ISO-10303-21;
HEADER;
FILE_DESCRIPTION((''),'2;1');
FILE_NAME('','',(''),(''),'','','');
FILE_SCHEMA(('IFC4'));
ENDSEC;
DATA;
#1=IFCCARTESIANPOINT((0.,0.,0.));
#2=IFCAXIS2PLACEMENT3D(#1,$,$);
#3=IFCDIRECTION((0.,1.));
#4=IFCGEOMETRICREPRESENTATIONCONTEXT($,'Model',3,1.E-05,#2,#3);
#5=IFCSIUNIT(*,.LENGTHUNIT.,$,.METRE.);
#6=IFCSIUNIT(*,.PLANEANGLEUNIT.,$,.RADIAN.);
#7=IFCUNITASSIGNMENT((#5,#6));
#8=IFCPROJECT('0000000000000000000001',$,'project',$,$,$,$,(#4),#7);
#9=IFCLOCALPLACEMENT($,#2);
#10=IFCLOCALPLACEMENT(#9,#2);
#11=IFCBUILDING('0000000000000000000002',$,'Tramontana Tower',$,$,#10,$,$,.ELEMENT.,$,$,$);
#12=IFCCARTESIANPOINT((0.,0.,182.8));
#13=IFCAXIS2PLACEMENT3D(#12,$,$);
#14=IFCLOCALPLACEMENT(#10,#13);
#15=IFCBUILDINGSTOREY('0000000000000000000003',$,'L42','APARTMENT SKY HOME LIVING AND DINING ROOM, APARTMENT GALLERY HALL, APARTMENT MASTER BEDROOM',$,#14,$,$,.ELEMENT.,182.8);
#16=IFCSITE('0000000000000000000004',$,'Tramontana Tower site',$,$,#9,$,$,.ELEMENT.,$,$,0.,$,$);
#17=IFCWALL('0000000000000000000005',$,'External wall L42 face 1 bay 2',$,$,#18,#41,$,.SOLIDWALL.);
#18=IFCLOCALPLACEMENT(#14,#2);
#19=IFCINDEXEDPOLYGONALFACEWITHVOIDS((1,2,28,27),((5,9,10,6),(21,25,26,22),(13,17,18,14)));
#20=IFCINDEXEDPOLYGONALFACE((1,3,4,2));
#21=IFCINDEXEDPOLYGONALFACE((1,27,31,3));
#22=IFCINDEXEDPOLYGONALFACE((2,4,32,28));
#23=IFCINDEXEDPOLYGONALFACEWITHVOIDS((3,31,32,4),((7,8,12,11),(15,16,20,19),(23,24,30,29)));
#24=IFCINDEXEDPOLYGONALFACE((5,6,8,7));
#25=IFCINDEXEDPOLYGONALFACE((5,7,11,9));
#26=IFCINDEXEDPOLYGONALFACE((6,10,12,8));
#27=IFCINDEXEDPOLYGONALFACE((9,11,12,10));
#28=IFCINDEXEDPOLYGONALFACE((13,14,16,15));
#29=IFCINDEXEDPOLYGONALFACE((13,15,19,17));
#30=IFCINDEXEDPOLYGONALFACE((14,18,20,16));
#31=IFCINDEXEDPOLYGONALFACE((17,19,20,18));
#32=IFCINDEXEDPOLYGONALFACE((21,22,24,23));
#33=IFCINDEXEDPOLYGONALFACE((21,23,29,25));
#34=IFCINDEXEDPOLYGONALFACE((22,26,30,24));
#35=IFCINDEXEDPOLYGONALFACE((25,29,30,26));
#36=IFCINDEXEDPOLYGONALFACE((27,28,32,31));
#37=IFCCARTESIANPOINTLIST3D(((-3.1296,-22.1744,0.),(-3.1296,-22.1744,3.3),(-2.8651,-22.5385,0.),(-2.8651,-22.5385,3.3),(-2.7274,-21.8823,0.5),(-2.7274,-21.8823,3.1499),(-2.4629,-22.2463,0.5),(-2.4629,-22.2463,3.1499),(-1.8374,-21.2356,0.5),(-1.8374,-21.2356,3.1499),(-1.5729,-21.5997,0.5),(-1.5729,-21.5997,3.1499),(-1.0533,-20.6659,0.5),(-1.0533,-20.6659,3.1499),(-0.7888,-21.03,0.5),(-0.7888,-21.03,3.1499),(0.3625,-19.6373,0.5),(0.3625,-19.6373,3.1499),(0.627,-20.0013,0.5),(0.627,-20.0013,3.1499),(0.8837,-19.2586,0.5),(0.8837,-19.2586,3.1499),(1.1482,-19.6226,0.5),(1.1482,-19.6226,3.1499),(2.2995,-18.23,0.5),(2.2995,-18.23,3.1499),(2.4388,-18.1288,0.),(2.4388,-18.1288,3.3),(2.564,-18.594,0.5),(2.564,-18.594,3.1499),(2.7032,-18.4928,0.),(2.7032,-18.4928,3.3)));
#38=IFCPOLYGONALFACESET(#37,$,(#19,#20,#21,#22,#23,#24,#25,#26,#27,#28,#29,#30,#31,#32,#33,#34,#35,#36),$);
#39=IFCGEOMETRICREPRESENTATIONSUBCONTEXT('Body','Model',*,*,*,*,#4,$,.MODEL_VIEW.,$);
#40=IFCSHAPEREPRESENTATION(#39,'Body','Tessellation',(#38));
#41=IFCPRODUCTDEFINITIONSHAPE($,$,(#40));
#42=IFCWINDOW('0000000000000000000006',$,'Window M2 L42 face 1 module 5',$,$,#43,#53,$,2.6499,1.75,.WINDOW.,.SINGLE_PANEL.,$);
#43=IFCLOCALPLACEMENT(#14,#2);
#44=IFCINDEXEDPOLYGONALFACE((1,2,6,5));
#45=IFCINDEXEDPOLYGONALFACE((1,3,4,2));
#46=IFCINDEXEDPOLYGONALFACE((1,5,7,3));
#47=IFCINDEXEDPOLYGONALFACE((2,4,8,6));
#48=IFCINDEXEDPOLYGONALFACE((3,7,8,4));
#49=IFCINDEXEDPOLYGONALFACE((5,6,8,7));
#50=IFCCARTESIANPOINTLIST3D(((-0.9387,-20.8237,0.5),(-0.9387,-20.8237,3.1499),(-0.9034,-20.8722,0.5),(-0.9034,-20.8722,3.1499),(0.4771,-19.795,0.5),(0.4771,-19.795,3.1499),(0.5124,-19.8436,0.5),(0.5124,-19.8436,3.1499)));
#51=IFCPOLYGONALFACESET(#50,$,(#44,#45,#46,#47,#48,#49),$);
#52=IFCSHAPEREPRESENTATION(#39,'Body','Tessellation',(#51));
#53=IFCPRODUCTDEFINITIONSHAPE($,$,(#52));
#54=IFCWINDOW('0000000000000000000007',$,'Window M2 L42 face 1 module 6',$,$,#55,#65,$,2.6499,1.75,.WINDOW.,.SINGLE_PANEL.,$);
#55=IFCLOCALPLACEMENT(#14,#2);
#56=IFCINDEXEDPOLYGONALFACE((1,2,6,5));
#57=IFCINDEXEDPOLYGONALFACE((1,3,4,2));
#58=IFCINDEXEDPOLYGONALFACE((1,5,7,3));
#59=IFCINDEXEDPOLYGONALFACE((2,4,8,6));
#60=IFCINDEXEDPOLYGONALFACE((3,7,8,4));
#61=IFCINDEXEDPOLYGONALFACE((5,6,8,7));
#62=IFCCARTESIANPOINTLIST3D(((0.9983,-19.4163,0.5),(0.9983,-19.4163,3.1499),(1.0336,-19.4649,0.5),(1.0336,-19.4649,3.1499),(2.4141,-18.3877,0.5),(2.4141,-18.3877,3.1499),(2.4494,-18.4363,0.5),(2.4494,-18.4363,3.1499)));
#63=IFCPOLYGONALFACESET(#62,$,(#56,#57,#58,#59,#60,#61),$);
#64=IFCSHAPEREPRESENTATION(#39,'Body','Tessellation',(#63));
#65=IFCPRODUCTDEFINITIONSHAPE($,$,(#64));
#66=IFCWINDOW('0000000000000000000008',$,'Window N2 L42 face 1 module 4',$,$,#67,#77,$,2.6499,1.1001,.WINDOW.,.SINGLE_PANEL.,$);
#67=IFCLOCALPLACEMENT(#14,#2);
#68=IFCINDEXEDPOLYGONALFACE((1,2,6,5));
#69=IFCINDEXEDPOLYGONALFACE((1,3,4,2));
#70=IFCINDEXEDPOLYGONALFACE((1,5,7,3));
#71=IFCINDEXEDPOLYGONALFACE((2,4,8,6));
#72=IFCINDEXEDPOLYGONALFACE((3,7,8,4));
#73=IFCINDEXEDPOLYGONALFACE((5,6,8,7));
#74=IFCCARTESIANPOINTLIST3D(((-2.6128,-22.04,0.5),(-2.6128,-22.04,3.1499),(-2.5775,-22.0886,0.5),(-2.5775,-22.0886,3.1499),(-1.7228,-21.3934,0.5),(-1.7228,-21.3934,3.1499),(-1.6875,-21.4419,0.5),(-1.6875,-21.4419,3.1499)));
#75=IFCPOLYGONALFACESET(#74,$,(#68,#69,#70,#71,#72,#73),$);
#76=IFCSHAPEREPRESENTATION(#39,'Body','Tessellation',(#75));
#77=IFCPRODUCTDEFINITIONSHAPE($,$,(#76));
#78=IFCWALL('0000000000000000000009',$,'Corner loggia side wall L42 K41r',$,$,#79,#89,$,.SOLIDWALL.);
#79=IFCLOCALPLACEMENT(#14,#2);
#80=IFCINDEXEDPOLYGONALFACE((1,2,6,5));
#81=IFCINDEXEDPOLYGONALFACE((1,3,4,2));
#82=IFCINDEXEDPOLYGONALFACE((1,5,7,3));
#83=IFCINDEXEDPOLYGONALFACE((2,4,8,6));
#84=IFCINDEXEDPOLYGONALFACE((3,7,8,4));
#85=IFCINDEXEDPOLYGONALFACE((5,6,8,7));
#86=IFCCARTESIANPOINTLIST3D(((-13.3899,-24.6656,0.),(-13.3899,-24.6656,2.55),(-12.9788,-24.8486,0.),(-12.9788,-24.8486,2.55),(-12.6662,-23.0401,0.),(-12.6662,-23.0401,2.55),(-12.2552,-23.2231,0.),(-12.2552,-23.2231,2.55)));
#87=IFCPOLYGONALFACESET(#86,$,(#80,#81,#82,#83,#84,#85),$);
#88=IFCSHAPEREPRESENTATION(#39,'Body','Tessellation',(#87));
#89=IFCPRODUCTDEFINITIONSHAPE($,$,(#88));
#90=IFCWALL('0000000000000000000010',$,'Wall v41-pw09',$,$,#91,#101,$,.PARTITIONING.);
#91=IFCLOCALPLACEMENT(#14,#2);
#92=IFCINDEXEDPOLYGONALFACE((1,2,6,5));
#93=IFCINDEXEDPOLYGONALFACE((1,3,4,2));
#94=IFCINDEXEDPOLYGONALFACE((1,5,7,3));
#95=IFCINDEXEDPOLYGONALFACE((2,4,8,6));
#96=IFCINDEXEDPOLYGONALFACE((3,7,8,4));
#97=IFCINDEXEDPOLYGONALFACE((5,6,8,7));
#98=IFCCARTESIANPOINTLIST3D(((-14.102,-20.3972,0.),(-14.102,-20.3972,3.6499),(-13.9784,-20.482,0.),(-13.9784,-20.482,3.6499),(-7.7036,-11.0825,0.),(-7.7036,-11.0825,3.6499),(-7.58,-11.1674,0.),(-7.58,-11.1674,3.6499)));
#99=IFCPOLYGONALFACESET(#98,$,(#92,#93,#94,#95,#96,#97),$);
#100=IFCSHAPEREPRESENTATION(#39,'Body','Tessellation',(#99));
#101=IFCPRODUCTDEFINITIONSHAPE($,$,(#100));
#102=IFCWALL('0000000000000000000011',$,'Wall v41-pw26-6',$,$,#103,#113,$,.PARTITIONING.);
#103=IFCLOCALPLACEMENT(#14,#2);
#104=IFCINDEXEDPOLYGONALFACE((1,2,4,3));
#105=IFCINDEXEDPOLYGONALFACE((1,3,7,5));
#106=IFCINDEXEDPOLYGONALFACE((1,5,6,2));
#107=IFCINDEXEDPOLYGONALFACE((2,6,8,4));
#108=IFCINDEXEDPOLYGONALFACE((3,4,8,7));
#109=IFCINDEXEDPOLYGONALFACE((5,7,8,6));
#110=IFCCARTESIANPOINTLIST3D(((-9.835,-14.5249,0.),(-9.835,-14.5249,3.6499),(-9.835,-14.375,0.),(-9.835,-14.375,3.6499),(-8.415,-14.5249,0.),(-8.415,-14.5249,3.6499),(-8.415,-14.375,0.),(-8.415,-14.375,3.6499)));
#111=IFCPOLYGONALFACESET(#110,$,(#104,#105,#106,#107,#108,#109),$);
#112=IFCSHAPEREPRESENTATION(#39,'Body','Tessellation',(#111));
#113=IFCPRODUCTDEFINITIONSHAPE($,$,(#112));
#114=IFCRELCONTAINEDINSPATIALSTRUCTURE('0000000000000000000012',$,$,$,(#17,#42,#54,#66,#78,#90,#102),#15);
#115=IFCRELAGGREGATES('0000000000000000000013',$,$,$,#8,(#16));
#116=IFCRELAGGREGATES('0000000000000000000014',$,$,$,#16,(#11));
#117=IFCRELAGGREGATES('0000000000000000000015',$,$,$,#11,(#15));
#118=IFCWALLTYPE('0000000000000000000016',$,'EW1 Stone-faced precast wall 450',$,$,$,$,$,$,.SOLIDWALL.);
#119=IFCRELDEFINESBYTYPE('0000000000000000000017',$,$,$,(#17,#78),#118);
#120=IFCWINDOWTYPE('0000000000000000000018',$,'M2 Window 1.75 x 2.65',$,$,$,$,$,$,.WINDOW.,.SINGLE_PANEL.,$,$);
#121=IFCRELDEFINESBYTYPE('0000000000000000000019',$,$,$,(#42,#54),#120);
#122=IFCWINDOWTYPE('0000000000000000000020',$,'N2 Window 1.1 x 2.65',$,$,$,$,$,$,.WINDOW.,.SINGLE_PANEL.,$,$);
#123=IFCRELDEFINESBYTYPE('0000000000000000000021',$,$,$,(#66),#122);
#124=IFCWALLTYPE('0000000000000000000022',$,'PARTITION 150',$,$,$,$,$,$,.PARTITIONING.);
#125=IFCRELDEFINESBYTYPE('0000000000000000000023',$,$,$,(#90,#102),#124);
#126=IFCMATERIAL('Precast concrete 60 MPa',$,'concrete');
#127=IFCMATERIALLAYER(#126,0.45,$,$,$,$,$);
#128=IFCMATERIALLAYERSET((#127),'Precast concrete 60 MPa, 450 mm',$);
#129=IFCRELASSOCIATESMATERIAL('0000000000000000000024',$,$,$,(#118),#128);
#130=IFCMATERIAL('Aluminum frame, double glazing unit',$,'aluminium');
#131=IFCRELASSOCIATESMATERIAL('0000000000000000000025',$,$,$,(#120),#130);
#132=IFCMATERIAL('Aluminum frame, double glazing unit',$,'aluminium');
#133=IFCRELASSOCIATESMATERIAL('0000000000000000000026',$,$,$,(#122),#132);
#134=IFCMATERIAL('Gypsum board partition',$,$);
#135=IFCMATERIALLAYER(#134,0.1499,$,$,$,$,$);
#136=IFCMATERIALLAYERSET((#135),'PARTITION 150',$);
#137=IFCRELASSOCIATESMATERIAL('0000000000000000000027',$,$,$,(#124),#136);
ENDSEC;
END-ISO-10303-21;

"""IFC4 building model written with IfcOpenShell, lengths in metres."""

from ifc_helpers import new_model, si_unit, direction, frame, frame_2d, origin, place, context, subcontext, project, spatial, rectangle, extrude, material, layer, layer_set, type_object, element, fill, save


model = new_model("IFC4")

# Units and contexts
model_context = context("Model", 3, precision=1e-05, world=origin(), true_north=direction((0.0, 1.0)))
body_context = subcontext(model_context, "Body", "Model", "MODEL_VIEW")
ifc_project = project(units=[si_unit("LENGTHUNIT", "METRE"), si_unit("PLANEANGLEUNIT", "RADIAN")], contexts=[model_context])

# Site, building, storey
site_placement = place(None, origin())
site = spatial("IfcSite", under=ifc_project, at=site_placement, Name="Tramontana Tower site", CompositionType="ELEMENT", RefElevation=0.0)
building_placement = place(site_placement, origin())
building = spatial("IfcBuilding", under=site, at=building_placement, Name="Tramontana Tower", CompositionType="ELEMENT")
storey_placement = place(building_placement, frame((0.0, 0.0, 182.8)))
storey = spatial("IfcBuildingStorey", under=building, at=storey_placement, Name="L42", Description="APARTMENT SKY HOME LIVING AND DINING ROOM, APARTMENT GALLERY HALL, APARTMENT MASTER BEDROOM", CompositionType="ELEMENT", Elevation=182.8)

# Wall, openings, windows
ifc_material_1 = material(Name="Precast concrete 60 MPa", Category="concrete")
ifc_layer_1 = layer(ifc_material_1, 0.45)
ifc_layer_set_1 = layer_set([ifc_layer_1], Name="Precast concrete 60 MPa, 450 mm")
wall_type_1 = type_object("IfcWallType", Name="EW1 Stone-faced precast wall 450", PredefinedType="SOLIDWALL", material=ifc_layer_set_1)
ifc_material_2 = material(Name="Aluminum frame, double glazing unit", Category="aluminium")
window_type_1 = type_object("IfcWindowType", Name="M2 Window 1.75 x 2.65", PartitioningType="SINGLE_PANEL", PredefinedType="WINDOW", material=ifc_material_2)
wall_1_placement = place(storey_placement, frame((-2.9973, -22.3564, 0.0), z_axis=(0.0, 0.0, 1.0), x_axis=(0.809017, 0.587786, 0.0)))
wall_1 = element("IfcWall", 1, at=wall_1_placement, inside=storey, type_object=wall_type_1, Name="External wall L42 face 1 bay 2", PredefinedType="SOLIDWALL", context=body_context, shape_type="SweptSolid", body=[
    extrude(rectangle(XDim=6.8828, YDim=0.45, at=frame_2d((3.4414, 0.0))), origin(), (0.0, 0.0, 1.0), 3.3),
])
opening_1_placement = place(wall_1_placement, frame((0.4971, 0.0, 0.5)))
opening_1 = element("IfcOpeningElement", 2, at=opening_1_placement, cuts=wall_1, PredefinedType="OPENING", context=body_context, shape_type="SweptSolid", body=[
    extrude(rectangle(XDim=1.1001, YDim=2.6499, at=frame_2d((0.55, 1.325))), frame((0.0, 0.2349, 0.0), z_axis=(0.0, -1.0, 0.0), x_axis=(1.0, 0.0, 0.0)), (0.0, 0.0, 1.0), 0.47),
])
opening_2_placement = place(wall_1_placement, frame((2.5664, 0.0, 0.5)))
opening_2 = element("IfcOpeningElement", 3, at=opening_2_placement, cuts=wall_1, PredefinedType="OPENING", context=body_context, shape_type="SweptSolid", body=[
    extrude(rectangle(XDim=1.75, YDim=2.6499, at=frame_2d((0.875, 1.325))), frame((0.0, 0.2349, 0.0), z_axis=(0.0, -1.0, 0.0), x_axis=(1.0, 0.0, 0.0)), (0.0, 0.0, 1.0), 0.47),
])
opening_3_placement = place(wall_1_placement, frame((4.9607, 0.0, 0.5)))
opening_3 = element("IfcOpeningElement", 4, at=opening_3_placement, cuts=wall_1, PredefinedType="OPENING", context=body_context, shape_type="SweptSolid", body=[
    extrude(rectangle(XDim=1.75, YDim=2.6499, at=frame_2d((0.875, 1.325))), frame((0.0, 0.2349, 0.0), z_axis=(0.0, -1.0, 0.0), x_axis=(1.0, 0.0, 0.0)), (0.0, 0.0, 1.0), 0.47),
])
window_1_placement = place(opening_2_placement, origin())
window_1 = element("IfcWindow", 5, at=window_1_placement, inside=storey, type_object=window_type_1, Name="Window M2 L42 face 1 module 5", OverallHeight=2.6499, OverallWidth=1.75, PartitioningType="SINGLE_PANEL", PredefinedType="WINDOW", context=body_context, shape_type="SweptSolid", body=[
    extrude(rectangle(XDim=1.75, YDim=2.6499, at=frame_2d((0.875, 1.325))), frame((0.0, 0.03, 0.0), z_axis=(0.0, -1.0, 0.0), x_axis=(1.0, 0.0, 0.0)), (0.0, 0.0, 1.0), 0.0601),
])
fill(opening_2, window_1)
window_2_placement = place(opening_3_placement, origin())
window_2 = element("IfcWindow", 6, at=window_2_placement, inside=storey, type_object=window_type_1, Name="Window M2 L42 face 1 module 6", OverallHeight=2.6499, OverallWidth=1.75, PartitioningType="SINGLE_PANEL", PredefinedType="WINDOW", context=body_context, shape_type="SweptSolid", body=[
    extrude(rectangle(XDim=1.75, YDim=2.6499, at=frame_2d((0.875, 1.325))), frame((0.0, 0.03, 0.0), z_axis=(0.0, -1.0, 0.0), x_axis=(1.0, 0.0, 0.0)), (0.0, 0.0, 1.0), 0.0601),
])
fill(opening_3, window_2)
ifc_material_3 = material(Name="Aluminum frame, double glazing unit", Category="aluminium")
window_type_2 = type_object("IfcWindowType", Name="N2 Window 1.1 x 2.65", PartitioningType="SINGLE_PANEL", PredefinedType="WINDOW", material=ifc_material_3)
window_3_placement = place(opening_1_placement, origin())
window_3 = element("IfcWindow", 7, at=window_3_placement, inside=storey, type_object=window_type_2, Name="Window N2 L42 face 1 module 4", OverallHeight=2.6499, OverallWidth=1.1001, PartitioningType="SINGLE_PANEL", PredefinedType="WINDOW", context=body_context, shape_type="SweptSolid", body=[
    extrude(rectangle(XDim=1.1001, YDim=2.6499, at=frame_2d((0.55, 1.325))), frame((0.0, 0.03, 0.0), z_axis=(0.0, -1.0, 0.0), x_axis=(1.0, 0.0, 0.0)), (0.0, 0.0, 1.0), 0.0601),
])
fill(opening_1, window_3)

# Wall
wall_2_placement = place(storey_placement, frame((-13.1843, -24.7571, 0.0), z_axis=(0.0, 0.0, 1.0), x_axis=(0.406699, 0.913562, 0.0)))
element("IfcWall", 8, at=wall_2_placement, inside=storey, type_object=wall_type_1, Name="Corner loggia side wall L42 K41r", PredefinedType="SOLIDWALL", context=body_context, shape_type="SweptSolid", body=[
    extrude(rectangle(XDim=1.7793, YDim=0.45, at=frame_2d((0.8896, 0.0))), origin(), (0.0, 0.0, 1.0), 2.55),
])

# Walls
ifc_material_4 = material(Name="Gypsum board partition")
ifc_layer_2 = layer(ifc_material_4, 0.1499)
ifc_layer_set_2 = layer_set([ifc_layer_2], Name="PARTITION 150")
wall_type_2 = type_object("IfcWallType", Name="PARTITION 150", PredefinedType="PARTITIONING", material=ifc_layer_set_2)
wall_3_placement = place(storey_placement, frame((-14.0403, -20.4397, 0.0), z_axis=(0.0, 0.0, 1.0), x_axis=(0.566203, 0.824266, 0.0)))
element("IfcWall", 9, at=wall_3_placement, inside=storey, type_object=wall_type_2, Name="Wall v41-pw09", PredefinedType="PARTITIONING", context=body_context, shape_type="SweptSolid", body=[
    extrude(rectangle(XDim=11.3005, YDim=0.1499, at=frame_2d((5.6504, 0.0))), origin(), (0.0, 0.0, 1.0), 3.6499),
])
wall_4_placement = place(storey_placement, frame((-8.415, -14.45, 0.0), z_axis=(0.0, 0.0, 1.0), x_axis=(-1.0, 0.0, 0.0)))
element("IfcWall", 10, at=wall_4_placement, inside=storey, type_object=wall_type_2, Name="Wall v41-pw26-6", PredefinedType="PARTITIONING", context=body_context, shape_type="SweptSolid", body=[
    extrude(rectangle(XDim=1.4199, YDim=0.1499, at=frame_2d((0.71, 0.0))), origin(), (0.0, 0.0, 1.0), 3.6499),
])

save(model, "model.ifc")
